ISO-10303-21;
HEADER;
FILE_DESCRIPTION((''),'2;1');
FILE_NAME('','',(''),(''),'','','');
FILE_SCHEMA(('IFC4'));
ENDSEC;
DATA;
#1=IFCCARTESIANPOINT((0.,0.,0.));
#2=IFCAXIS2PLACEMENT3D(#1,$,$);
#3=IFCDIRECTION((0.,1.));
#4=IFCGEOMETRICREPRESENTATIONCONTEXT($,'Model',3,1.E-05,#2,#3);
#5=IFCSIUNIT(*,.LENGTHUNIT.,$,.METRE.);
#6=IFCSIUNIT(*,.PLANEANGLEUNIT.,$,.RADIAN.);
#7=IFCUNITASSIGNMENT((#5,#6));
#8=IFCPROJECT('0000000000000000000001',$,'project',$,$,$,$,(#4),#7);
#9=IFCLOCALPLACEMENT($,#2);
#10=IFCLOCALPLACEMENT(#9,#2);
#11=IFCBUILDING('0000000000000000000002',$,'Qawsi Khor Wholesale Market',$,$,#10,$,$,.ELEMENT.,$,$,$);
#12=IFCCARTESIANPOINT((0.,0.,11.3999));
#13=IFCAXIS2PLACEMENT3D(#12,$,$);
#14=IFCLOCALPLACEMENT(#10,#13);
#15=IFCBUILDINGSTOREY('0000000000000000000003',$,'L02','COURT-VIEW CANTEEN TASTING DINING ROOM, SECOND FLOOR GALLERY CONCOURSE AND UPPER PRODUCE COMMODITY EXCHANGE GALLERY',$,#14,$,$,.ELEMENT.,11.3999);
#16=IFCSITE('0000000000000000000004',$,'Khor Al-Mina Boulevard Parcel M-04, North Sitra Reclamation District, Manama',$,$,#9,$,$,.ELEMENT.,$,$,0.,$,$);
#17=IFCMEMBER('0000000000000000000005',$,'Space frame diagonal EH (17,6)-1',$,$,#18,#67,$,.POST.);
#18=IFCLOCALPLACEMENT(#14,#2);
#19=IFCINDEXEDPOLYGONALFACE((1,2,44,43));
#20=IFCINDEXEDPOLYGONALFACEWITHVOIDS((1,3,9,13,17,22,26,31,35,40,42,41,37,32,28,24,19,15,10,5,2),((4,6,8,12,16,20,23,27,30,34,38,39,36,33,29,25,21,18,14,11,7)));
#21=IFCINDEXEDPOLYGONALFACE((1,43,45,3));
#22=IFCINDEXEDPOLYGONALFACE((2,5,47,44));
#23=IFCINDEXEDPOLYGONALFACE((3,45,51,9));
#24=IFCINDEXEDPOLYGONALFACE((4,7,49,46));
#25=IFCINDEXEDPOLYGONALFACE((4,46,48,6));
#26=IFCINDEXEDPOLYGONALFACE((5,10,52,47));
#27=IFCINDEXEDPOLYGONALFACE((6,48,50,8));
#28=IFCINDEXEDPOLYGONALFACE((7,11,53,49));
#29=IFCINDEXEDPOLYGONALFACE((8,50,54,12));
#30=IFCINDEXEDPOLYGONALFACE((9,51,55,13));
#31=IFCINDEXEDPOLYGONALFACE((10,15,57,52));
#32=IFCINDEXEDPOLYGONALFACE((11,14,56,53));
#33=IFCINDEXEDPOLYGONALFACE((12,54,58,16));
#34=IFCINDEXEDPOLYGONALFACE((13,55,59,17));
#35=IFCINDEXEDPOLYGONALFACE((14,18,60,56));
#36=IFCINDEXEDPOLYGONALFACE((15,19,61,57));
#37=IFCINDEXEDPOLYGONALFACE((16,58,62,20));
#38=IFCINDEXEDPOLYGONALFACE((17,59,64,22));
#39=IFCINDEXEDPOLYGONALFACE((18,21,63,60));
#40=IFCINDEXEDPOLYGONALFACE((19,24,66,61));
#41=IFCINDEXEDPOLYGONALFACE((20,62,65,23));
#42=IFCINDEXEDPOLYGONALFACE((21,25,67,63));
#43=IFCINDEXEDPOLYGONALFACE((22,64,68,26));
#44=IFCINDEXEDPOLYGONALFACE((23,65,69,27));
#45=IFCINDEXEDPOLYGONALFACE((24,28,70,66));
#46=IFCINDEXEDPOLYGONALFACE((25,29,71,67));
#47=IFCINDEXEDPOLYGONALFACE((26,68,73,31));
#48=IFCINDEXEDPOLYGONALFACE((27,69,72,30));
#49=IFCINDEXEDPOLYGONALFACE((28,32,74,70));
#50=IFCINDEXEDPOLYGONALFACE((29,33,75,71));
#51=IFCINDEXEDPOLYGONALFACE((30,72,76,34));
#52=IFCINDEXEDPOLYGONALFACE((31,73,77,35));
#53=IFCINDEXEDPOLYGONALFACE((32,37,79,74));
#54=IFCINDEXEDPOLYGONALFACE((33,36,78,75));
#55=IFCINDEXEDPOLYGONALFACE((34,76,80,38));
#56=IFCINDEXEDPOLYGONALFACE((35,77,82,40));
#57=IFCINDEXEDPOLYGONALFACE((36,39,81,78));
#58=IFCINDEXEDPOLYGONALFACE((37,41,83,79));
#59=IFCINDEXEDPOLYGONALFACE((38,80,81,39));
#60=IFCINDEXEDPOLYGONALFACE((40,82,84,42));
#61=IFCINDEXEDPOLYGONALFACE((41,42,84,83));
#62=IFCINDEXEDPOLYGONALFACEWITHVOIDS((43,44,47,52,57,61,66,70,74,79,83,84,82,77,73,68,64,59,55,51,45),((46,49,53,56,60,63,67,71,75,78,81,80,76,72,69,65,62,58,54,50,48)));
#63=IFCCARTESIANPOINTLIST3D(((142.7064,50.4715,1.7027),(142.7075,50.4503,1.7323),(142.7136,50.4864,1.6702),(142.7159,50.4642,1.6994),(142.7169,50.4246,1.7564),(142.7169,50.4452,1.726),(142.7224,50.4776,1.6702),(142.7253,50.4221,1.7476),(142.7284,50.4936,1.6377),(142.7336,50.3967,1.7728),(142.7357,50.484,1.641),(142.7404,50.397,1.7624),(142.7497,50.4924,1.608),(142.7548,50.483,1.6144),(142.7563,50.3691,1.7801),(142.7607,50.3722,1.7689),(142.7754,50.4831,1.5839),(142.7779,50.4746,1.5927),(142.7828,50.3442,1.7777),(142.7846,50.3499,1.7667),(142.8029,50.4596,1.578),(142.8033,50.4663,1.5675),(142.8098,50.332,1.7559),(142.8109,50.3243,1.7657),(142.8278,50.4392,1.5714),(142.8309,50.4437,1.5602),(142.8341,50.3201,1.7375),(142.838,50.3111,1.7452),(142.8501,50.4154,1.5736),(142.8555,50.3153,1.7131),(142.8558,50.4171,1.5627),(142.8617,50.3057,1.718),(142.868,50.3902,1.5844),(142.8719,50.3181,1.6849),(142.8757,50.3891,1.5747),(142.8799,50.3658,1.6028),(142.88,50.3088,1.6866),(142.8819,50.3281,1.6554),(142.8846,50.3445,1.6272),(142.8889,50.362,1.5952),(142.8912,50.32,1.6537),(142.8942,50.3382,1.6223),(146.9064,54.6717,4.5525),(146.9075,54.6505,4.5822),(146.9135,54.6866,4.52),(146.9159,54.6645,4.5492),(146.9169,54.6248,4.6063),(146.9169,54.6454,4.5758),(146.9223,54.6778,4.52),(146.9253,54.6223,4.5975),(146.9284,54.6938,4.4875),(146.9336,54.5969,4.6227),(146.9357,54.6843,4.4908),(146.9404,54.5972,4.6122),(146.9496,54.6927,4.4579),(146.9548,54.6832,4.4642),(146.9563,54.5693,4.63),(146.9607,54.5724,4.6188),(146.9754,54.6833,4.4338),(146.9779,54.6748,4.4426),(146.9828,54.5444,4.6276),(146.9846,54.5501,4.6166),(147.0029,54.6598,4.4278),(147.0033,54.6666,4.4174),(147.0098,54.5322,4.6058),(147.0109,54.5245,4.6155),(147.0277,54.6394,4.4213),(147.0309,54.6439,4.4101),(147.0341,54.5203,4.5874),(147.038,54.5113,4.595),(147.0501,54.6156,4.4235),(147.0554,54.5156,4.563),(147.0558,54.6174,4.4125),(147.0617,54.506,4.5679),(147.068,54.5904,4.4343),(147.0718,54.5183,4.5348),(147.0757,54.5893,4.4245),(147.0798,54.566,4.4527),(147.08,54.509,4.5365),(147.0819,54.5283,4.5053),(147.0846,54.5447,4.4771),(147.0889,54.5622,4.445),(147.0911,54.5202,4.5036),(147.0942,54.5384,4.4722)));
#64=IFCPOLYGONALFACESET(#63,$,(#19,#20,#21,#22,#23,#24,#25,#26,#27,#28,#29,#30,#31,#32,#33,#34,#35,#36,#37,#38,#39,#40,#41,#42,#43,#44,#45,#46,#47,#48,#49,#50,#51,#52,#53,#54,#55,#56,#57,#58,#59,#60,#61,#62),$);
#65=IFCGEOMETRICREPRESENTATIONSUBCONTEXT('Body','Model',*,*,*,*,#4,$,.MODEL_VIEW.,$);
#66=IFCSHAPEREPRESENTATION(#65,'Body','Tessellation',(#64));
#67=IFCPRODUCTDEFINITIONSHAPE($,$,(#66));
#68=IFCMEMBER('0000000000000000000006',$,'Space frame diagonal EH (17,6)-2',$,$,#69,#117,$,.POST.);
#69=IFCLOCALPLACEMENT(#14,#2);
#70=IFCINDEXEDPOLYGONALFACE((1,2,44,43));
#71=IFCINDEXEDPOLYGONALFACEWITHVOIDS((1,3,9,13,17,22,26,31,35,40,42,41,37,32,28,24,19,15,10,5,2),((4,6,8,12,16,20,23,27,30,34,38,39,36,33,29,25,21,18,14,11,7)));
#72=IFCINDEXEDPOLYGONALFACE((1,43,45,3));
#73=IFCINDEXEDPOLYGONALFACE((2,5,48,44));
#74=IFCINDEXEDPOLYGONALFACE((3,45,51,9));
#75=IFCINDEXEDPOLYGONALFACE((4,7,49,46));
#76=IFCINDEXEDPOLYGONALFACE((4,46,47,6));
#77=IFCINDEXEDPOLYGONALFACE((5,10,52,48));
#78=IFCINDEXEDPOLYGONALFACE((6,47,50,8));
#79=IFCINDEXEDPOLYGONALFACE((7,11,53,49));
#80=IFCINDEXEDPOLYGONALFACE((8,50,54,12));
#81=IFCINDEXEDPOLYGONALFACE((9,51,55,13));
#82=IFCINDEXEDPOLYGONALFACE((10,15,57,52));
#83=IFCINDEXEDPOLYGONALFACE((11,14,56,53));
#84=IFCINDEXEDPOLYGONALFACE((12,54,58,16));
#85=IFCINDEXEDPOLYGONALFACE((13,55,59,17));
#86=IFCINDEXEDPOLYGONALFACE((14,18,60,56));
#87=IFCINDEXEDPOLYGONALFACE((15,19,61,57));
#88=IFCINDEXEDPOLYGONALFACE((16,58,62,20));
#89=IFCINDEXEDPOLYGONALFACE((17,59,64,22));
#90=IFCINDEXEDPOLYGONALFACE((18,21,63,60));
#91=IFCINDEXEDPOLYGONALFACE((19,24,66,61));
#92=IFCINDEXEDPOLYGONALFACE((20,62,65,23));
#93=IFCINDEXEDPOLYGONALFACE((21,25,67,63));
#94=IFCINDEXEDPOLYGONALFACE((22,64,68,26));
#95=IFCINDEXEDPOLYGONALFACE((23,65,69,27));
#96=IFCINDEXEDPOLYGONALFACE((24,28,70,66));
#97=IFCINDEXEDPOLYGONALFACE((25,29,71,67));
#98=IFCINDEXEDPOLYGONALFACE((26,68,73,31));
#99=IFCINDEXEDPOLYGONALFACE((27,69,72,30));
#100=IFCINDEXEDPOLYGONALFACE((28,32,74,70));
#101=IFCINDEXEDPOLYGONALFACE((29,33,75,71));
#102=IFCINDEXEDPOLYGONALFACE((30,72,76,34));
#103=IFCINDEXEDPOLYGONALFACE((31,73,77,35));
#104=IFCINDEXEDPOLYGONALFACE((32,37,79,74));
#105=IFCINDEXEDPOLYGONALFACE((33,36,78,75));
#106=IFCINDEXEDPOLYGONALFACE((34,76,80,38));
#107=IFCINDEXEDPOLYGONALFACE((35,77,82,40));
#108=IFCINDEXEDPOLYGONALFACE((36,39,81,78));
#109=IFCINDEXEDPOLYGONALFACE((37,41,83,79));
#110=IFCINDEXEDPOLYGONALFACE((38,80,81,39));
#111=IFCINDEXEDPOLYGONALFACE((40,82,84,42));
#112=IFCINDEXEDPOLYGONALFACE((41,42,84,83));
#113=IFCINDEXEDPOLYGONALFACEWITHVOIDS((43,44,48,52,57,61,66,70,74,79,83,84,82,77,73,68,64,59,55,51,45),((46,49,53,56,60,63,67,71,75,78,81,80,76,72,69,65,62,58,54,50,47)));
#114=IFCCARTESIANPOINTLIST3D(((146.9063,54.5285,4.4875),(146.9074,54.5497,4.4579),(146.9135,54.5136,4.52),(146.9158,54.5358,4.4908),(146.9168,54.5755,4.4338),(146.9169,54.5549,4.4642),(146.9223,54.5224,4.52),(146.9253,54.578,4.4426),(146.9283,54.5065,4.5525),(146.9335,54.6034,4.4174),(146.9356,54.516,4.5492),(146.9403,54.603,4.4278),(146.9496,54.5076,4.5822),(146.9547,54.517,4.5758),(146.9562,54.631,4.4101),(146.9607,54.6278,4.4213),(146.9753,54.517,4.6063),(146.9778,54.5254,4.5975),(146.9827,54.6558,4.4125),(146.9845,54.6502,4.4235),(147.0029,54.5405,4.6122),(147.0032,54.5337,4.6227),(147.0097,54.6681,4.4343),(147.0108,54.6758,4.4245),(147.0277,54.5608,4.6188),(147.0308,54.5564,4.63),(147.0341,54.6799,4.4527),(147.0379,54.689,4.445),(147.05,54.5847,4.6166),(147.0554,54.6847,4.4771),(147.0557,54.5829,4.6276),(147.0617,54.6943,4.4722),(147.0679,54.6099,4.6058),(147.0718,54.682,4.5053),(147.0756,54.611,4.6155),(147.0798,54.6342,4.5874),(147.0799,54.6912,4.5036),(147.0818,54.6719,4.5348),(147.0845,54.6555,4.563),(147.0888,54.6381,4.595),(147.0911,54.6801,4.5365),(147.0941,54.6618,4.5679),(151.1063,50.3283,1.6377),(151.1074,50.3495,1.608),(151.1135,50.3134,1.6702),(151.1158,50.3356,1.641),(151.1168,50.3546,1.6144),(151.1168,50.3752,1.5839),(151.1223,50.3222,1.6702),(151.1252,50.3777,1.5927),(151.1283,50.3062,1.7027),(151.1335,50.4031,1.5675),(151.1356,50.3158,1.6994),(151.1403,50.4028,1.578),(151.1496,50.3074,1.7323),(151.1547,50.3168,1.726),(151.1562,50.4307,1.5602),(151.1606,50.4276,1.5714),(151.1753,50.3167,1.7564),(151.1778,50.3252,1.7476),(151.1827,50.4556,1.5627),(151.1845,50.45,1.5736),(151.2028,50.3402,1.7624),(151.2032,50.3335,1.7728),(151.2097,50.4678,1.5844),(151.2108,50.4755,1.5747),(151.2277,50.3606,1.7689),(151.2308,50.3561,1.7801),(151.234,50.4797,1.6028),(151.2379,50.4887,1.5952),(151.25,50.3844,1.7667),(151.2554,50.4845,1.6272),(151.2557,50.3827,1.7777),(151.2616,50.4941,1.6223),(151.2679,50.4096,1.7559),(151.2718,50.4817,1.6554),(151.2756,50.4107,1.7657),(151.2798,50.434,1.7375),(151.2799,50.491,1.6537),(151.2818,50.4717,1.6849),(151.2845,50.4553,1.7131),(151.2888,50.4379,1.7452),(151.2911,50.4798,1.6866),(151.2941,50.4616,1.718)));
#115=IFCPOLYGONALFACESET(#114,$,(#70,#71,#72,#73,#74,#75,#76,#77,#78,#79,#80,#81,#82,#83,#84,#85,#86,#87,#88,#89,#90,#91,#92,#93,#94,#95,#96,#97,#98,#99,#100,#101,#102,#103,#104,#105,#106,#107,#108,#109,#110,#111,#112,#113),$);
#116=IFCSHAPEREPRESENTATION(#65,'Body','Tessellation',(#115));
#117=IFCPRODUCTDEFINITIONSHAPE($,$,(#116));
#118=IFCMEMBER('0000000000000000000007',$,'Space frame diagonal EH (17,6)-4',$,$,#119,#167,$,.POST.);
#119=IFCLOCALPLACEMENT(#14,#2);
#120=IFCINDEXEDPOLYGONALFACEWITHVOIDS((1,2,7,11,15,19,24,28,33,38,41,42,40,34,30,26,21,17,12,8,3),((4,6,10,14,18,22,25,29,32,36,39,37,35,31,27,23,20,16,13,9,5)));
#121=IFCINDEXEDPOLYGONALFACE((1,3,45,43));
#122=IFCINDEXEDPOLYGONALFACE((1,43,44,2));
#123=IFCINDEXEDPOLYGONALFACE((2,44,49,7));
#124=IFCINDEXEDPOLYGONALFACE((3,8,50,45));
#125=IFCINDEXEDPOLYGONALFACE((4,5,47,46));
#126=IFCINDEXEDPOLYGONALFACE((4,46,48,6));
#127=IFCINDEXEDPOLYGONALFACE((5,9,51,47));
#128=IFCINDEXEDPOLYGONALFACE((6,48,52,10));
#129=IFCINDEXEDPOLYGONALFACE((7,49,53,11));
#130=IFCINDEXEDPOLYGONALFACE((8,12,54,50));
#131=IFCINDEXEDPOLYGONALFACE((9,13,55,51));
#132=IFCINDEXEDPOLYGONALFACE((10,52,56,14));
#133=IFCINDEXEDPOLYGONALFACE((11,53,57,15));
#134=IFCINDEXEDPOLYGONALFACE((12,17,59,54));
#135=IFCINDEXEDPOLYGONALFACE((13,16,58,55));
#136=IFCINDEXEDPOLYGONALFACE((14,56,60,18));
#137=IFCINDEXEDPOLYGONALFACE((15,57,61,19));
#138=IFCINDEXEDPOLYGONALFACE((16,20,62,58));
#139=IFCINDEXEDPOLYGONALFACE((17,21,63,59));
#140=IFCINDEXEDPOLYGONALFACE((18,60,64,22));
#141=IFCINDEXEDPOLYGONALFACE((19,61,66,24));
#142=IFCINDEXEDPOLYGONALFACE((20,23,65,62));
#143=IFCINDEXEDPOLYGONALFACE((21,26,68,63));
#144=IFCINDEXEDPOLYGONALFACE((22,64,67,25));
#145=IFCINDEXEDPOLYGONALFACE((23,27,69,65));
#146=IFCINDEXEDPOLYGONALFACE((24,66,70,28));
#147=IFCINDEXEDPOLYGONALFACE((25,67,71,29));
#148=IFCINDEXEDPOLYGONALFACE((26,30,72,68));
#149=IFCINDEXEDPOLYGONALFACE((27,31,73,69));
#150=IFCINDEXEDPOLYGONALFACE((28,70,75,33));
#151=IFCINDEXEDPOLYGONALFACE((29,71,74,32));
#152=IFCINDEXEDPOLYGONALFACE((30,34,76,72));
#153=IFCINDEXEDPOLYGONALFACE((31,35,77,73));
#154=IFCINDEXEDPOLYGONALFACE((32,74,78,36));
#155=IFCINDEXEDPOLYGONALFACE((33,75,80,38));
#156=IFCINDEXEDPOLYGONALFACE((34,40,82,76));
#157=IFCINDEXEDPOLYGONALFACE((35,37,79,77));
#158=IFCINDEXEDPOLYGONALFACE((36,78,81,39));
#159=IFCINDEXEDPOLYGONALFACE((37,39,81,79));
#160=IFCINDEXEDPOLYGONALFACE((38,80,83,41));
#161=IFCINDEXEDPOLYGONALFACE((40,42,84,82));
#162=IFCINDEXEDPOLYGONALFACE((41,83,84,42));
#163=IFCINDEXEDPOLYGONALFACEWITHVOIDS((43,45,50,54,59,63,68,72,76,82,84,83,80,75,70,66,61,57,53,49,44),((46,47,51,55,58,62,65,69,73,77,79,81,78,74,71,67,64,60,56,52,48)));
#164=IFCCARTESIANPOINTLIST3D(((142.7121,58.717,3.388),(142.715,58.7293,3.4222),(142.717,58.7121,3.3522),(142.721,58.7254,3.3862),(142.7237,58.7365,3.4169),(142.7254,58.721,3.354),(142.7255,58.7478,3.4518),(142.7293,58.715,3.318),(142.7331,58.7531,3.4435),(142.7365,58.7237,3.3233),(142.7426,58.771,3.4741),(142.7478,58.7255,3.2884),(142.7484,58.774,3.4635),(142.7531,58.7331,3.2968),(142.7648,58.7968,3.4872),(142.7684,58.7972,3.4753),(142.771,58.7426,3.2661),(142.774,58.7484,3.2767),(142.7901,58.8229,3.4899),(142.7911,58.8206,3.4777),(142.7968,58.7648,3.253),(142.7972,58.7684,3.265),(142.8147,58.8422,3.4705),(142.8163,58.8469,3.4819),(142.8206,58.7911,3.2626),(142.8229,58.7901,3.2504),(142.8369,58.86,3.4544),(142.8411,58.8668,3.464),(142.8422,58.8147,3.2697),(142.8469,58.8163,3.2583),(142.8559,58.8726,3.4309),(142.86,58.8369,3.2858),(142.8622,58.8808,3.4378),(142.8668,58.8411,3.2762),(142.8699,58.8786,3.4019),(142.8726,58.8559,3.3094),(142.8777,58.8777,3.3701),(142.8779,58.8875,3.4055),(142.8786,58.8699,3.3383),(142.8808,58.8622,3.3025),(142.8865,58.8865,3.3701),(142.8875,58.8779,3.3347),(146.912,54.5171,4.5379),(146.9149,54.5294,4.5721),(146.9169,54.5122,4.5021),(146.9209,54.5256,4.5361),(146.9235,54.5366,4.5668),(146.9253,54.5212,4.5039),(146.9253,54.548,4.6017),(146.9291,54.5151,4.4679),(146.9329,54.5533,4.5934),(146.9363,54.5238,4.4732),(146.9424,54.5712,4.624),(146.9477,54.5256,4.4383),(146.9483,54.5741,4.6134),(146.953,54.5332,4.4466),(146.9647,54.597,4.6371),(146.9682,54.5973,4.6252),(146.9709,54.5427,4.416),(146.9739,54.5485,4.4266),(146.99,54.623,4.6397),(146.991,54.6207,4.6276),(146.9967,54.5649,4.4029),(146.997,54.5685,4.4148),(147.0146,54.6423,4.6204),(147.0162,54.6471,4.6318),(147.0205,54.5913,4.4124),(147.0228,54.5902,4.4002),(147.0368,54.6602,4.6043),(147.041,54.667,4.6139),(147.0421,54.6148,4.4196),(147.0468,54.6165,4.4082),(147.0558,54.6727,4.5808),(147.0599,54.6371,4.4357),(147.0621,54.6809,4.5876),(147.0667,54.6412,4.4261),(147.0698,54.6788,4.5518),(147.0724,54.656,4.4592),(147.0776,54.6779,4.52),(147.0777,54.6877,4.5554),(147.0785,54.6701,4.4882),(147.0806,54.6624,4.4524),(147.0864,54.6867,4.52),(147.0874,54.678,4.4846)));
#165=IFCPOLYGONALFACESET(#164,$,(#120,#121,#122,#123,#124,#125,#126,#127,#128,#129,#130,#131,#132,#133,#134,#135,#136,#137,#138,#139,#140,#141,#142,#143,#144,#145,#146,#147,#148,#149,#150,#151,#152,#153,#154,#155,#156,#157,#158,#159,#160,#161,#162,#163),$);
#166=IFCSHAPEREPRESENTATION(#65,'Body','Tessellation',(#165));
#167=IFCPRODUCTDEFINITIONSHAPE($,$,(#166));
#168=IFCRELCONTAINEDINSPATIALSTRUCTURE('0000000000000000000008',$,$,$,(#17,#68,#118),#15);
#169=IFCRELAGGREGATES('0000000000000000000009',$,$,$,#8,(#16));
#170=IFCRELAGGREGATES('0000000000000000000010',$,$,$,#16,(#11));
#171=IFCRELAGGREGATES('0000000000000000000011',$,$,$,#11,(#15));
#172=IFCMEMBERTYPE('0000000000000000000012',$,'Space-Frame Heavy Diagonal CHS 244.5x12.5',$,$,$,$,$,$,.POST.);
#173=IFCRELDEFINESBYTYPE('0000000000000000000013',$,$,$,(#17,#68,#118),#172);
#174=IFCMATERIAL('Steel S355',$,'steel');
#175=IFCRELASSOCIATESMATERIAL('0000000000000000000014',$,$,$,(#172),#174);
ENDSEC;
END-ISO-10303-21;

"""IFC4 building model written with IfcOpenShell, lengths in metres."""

from ifc_helpers import new_model, si_unit, direction, frame, origin, origin_2d, place, context, subcontext, project, spatial, hollow_circle, extrude, material, material_profile, profile_set, type_object, element, save


model = new_model("IFC4")

# Units and contexts
model_context = context("Model", 3, precision=1e-05, world=origin(), true_north=direction((0.0, 1.0)))
body_context = subcontext(model_context, "Body", "Model", "MODEL_VIEW")
ifc_project = project(units=[si_unit("LENGTHUNIT", "METRE"), si_unit("PLANEANGLEUNIT", "RADIAN")], contexts=[model_context])

# Site, building, storey
site_placement = place(None, origin())
site = spatial("IfcSite", under=ifc_project, at=site_placement, Name="Khor Al-Mina Boulevard Parcel M-04, North Sitra Reclamation District, Manama", CompositionType="ELEMENT", RefElevation=0.0)
building_placement = place(site_placement, origin())
building = spatial("IfcBuilding", under=site, at=building_placement, Name="Qawsi Khor Wholesale Market", CompositionType="ELEMENT")
storey_placement = place(building_placement, frame((0.0, 0.0, 11.3999)))
storey = spatial("IfcBuildingStorey", under=building, at=storey_placement, Name="L02", Description="COURT-VIEW CANTEEN TASTING DINING ROOM, SECOND FLOOR GALLERY CONCOURSE AND UPPER PRODUCE COMMODITY EXCHANGE GALLERY", CompositionType="ELEMENT", Elevation=11.3999)

# Members
ifc_material_1 = material(Name="Steel S355", Category="steel")
ifc_material_profile_1 = material_profile(ifc_material_1, hollow_circle(Radius=0.1223, WallThickness=0.0125, at=origin_2d()), Name="CHS 244.5x12.5")
ifc_profile_set_1 = profile_set([ifc_material_profile_1], Name="Steel S355")
member_type_1 = type_object("IfcMemberType", Name="Space-Frame Heavy Diagonal CHS 244.5x12.5", PredefinedType="POST", material=ifc_profile_set_1)
for number, where, z_axis, x_axis, name in (
    (1, (142.8, 50.3999, 1.6702), (0.637507, 0.637544, 0.432577), (-0.707127, 0.707086, 0.0), "Space frame diagonal EH (17,6)-1"),
    (2, (151.2, 50.3999, 1.6702), (-0.637507, 0.637544, 0.432577), (-0.707127, -0.707086, 0.0), "Space frame diagonal EH (17,6)-2"),
):
    element("IfcMember", number, at=place(storey_placement, frame(where, z_axis=z_axis, x_axis=x_axis)), inside=storey, type_object=member_type_1, Name=name, PredefinedType="POST", context=body_context, shape_type="SweptSolid", body=[
        extrude(hollow_circle(Radius=0.1223, WallThickness=0.0125, at=origin_2d()), origin(), (0.0, 0.0, 1.0), 6.5881),
    ])
member_1_placement = place(storey_placement, frame((142.8, 58.8, 3.3701), z_axis=(0.694217, -0.694217, 0.190069), x_axis=(0.707107, 0.707107, 0.0)))
element("IfcMember", 3, at=member_1_placement, inside=storey, type_object=member_type_1, Name="Space frame diagonal EH (17,6)-4", PredefinedType="POST", context=body_context, shape_type="SweptSolid", body=[
    extrude(hollow_circle(Radius=0.1223, WallThickness=0.0125, at=origin_2d()), origin(), (0.0, 0.0, 1.0), 6.0498),
])

save(model, "model.ifc")
